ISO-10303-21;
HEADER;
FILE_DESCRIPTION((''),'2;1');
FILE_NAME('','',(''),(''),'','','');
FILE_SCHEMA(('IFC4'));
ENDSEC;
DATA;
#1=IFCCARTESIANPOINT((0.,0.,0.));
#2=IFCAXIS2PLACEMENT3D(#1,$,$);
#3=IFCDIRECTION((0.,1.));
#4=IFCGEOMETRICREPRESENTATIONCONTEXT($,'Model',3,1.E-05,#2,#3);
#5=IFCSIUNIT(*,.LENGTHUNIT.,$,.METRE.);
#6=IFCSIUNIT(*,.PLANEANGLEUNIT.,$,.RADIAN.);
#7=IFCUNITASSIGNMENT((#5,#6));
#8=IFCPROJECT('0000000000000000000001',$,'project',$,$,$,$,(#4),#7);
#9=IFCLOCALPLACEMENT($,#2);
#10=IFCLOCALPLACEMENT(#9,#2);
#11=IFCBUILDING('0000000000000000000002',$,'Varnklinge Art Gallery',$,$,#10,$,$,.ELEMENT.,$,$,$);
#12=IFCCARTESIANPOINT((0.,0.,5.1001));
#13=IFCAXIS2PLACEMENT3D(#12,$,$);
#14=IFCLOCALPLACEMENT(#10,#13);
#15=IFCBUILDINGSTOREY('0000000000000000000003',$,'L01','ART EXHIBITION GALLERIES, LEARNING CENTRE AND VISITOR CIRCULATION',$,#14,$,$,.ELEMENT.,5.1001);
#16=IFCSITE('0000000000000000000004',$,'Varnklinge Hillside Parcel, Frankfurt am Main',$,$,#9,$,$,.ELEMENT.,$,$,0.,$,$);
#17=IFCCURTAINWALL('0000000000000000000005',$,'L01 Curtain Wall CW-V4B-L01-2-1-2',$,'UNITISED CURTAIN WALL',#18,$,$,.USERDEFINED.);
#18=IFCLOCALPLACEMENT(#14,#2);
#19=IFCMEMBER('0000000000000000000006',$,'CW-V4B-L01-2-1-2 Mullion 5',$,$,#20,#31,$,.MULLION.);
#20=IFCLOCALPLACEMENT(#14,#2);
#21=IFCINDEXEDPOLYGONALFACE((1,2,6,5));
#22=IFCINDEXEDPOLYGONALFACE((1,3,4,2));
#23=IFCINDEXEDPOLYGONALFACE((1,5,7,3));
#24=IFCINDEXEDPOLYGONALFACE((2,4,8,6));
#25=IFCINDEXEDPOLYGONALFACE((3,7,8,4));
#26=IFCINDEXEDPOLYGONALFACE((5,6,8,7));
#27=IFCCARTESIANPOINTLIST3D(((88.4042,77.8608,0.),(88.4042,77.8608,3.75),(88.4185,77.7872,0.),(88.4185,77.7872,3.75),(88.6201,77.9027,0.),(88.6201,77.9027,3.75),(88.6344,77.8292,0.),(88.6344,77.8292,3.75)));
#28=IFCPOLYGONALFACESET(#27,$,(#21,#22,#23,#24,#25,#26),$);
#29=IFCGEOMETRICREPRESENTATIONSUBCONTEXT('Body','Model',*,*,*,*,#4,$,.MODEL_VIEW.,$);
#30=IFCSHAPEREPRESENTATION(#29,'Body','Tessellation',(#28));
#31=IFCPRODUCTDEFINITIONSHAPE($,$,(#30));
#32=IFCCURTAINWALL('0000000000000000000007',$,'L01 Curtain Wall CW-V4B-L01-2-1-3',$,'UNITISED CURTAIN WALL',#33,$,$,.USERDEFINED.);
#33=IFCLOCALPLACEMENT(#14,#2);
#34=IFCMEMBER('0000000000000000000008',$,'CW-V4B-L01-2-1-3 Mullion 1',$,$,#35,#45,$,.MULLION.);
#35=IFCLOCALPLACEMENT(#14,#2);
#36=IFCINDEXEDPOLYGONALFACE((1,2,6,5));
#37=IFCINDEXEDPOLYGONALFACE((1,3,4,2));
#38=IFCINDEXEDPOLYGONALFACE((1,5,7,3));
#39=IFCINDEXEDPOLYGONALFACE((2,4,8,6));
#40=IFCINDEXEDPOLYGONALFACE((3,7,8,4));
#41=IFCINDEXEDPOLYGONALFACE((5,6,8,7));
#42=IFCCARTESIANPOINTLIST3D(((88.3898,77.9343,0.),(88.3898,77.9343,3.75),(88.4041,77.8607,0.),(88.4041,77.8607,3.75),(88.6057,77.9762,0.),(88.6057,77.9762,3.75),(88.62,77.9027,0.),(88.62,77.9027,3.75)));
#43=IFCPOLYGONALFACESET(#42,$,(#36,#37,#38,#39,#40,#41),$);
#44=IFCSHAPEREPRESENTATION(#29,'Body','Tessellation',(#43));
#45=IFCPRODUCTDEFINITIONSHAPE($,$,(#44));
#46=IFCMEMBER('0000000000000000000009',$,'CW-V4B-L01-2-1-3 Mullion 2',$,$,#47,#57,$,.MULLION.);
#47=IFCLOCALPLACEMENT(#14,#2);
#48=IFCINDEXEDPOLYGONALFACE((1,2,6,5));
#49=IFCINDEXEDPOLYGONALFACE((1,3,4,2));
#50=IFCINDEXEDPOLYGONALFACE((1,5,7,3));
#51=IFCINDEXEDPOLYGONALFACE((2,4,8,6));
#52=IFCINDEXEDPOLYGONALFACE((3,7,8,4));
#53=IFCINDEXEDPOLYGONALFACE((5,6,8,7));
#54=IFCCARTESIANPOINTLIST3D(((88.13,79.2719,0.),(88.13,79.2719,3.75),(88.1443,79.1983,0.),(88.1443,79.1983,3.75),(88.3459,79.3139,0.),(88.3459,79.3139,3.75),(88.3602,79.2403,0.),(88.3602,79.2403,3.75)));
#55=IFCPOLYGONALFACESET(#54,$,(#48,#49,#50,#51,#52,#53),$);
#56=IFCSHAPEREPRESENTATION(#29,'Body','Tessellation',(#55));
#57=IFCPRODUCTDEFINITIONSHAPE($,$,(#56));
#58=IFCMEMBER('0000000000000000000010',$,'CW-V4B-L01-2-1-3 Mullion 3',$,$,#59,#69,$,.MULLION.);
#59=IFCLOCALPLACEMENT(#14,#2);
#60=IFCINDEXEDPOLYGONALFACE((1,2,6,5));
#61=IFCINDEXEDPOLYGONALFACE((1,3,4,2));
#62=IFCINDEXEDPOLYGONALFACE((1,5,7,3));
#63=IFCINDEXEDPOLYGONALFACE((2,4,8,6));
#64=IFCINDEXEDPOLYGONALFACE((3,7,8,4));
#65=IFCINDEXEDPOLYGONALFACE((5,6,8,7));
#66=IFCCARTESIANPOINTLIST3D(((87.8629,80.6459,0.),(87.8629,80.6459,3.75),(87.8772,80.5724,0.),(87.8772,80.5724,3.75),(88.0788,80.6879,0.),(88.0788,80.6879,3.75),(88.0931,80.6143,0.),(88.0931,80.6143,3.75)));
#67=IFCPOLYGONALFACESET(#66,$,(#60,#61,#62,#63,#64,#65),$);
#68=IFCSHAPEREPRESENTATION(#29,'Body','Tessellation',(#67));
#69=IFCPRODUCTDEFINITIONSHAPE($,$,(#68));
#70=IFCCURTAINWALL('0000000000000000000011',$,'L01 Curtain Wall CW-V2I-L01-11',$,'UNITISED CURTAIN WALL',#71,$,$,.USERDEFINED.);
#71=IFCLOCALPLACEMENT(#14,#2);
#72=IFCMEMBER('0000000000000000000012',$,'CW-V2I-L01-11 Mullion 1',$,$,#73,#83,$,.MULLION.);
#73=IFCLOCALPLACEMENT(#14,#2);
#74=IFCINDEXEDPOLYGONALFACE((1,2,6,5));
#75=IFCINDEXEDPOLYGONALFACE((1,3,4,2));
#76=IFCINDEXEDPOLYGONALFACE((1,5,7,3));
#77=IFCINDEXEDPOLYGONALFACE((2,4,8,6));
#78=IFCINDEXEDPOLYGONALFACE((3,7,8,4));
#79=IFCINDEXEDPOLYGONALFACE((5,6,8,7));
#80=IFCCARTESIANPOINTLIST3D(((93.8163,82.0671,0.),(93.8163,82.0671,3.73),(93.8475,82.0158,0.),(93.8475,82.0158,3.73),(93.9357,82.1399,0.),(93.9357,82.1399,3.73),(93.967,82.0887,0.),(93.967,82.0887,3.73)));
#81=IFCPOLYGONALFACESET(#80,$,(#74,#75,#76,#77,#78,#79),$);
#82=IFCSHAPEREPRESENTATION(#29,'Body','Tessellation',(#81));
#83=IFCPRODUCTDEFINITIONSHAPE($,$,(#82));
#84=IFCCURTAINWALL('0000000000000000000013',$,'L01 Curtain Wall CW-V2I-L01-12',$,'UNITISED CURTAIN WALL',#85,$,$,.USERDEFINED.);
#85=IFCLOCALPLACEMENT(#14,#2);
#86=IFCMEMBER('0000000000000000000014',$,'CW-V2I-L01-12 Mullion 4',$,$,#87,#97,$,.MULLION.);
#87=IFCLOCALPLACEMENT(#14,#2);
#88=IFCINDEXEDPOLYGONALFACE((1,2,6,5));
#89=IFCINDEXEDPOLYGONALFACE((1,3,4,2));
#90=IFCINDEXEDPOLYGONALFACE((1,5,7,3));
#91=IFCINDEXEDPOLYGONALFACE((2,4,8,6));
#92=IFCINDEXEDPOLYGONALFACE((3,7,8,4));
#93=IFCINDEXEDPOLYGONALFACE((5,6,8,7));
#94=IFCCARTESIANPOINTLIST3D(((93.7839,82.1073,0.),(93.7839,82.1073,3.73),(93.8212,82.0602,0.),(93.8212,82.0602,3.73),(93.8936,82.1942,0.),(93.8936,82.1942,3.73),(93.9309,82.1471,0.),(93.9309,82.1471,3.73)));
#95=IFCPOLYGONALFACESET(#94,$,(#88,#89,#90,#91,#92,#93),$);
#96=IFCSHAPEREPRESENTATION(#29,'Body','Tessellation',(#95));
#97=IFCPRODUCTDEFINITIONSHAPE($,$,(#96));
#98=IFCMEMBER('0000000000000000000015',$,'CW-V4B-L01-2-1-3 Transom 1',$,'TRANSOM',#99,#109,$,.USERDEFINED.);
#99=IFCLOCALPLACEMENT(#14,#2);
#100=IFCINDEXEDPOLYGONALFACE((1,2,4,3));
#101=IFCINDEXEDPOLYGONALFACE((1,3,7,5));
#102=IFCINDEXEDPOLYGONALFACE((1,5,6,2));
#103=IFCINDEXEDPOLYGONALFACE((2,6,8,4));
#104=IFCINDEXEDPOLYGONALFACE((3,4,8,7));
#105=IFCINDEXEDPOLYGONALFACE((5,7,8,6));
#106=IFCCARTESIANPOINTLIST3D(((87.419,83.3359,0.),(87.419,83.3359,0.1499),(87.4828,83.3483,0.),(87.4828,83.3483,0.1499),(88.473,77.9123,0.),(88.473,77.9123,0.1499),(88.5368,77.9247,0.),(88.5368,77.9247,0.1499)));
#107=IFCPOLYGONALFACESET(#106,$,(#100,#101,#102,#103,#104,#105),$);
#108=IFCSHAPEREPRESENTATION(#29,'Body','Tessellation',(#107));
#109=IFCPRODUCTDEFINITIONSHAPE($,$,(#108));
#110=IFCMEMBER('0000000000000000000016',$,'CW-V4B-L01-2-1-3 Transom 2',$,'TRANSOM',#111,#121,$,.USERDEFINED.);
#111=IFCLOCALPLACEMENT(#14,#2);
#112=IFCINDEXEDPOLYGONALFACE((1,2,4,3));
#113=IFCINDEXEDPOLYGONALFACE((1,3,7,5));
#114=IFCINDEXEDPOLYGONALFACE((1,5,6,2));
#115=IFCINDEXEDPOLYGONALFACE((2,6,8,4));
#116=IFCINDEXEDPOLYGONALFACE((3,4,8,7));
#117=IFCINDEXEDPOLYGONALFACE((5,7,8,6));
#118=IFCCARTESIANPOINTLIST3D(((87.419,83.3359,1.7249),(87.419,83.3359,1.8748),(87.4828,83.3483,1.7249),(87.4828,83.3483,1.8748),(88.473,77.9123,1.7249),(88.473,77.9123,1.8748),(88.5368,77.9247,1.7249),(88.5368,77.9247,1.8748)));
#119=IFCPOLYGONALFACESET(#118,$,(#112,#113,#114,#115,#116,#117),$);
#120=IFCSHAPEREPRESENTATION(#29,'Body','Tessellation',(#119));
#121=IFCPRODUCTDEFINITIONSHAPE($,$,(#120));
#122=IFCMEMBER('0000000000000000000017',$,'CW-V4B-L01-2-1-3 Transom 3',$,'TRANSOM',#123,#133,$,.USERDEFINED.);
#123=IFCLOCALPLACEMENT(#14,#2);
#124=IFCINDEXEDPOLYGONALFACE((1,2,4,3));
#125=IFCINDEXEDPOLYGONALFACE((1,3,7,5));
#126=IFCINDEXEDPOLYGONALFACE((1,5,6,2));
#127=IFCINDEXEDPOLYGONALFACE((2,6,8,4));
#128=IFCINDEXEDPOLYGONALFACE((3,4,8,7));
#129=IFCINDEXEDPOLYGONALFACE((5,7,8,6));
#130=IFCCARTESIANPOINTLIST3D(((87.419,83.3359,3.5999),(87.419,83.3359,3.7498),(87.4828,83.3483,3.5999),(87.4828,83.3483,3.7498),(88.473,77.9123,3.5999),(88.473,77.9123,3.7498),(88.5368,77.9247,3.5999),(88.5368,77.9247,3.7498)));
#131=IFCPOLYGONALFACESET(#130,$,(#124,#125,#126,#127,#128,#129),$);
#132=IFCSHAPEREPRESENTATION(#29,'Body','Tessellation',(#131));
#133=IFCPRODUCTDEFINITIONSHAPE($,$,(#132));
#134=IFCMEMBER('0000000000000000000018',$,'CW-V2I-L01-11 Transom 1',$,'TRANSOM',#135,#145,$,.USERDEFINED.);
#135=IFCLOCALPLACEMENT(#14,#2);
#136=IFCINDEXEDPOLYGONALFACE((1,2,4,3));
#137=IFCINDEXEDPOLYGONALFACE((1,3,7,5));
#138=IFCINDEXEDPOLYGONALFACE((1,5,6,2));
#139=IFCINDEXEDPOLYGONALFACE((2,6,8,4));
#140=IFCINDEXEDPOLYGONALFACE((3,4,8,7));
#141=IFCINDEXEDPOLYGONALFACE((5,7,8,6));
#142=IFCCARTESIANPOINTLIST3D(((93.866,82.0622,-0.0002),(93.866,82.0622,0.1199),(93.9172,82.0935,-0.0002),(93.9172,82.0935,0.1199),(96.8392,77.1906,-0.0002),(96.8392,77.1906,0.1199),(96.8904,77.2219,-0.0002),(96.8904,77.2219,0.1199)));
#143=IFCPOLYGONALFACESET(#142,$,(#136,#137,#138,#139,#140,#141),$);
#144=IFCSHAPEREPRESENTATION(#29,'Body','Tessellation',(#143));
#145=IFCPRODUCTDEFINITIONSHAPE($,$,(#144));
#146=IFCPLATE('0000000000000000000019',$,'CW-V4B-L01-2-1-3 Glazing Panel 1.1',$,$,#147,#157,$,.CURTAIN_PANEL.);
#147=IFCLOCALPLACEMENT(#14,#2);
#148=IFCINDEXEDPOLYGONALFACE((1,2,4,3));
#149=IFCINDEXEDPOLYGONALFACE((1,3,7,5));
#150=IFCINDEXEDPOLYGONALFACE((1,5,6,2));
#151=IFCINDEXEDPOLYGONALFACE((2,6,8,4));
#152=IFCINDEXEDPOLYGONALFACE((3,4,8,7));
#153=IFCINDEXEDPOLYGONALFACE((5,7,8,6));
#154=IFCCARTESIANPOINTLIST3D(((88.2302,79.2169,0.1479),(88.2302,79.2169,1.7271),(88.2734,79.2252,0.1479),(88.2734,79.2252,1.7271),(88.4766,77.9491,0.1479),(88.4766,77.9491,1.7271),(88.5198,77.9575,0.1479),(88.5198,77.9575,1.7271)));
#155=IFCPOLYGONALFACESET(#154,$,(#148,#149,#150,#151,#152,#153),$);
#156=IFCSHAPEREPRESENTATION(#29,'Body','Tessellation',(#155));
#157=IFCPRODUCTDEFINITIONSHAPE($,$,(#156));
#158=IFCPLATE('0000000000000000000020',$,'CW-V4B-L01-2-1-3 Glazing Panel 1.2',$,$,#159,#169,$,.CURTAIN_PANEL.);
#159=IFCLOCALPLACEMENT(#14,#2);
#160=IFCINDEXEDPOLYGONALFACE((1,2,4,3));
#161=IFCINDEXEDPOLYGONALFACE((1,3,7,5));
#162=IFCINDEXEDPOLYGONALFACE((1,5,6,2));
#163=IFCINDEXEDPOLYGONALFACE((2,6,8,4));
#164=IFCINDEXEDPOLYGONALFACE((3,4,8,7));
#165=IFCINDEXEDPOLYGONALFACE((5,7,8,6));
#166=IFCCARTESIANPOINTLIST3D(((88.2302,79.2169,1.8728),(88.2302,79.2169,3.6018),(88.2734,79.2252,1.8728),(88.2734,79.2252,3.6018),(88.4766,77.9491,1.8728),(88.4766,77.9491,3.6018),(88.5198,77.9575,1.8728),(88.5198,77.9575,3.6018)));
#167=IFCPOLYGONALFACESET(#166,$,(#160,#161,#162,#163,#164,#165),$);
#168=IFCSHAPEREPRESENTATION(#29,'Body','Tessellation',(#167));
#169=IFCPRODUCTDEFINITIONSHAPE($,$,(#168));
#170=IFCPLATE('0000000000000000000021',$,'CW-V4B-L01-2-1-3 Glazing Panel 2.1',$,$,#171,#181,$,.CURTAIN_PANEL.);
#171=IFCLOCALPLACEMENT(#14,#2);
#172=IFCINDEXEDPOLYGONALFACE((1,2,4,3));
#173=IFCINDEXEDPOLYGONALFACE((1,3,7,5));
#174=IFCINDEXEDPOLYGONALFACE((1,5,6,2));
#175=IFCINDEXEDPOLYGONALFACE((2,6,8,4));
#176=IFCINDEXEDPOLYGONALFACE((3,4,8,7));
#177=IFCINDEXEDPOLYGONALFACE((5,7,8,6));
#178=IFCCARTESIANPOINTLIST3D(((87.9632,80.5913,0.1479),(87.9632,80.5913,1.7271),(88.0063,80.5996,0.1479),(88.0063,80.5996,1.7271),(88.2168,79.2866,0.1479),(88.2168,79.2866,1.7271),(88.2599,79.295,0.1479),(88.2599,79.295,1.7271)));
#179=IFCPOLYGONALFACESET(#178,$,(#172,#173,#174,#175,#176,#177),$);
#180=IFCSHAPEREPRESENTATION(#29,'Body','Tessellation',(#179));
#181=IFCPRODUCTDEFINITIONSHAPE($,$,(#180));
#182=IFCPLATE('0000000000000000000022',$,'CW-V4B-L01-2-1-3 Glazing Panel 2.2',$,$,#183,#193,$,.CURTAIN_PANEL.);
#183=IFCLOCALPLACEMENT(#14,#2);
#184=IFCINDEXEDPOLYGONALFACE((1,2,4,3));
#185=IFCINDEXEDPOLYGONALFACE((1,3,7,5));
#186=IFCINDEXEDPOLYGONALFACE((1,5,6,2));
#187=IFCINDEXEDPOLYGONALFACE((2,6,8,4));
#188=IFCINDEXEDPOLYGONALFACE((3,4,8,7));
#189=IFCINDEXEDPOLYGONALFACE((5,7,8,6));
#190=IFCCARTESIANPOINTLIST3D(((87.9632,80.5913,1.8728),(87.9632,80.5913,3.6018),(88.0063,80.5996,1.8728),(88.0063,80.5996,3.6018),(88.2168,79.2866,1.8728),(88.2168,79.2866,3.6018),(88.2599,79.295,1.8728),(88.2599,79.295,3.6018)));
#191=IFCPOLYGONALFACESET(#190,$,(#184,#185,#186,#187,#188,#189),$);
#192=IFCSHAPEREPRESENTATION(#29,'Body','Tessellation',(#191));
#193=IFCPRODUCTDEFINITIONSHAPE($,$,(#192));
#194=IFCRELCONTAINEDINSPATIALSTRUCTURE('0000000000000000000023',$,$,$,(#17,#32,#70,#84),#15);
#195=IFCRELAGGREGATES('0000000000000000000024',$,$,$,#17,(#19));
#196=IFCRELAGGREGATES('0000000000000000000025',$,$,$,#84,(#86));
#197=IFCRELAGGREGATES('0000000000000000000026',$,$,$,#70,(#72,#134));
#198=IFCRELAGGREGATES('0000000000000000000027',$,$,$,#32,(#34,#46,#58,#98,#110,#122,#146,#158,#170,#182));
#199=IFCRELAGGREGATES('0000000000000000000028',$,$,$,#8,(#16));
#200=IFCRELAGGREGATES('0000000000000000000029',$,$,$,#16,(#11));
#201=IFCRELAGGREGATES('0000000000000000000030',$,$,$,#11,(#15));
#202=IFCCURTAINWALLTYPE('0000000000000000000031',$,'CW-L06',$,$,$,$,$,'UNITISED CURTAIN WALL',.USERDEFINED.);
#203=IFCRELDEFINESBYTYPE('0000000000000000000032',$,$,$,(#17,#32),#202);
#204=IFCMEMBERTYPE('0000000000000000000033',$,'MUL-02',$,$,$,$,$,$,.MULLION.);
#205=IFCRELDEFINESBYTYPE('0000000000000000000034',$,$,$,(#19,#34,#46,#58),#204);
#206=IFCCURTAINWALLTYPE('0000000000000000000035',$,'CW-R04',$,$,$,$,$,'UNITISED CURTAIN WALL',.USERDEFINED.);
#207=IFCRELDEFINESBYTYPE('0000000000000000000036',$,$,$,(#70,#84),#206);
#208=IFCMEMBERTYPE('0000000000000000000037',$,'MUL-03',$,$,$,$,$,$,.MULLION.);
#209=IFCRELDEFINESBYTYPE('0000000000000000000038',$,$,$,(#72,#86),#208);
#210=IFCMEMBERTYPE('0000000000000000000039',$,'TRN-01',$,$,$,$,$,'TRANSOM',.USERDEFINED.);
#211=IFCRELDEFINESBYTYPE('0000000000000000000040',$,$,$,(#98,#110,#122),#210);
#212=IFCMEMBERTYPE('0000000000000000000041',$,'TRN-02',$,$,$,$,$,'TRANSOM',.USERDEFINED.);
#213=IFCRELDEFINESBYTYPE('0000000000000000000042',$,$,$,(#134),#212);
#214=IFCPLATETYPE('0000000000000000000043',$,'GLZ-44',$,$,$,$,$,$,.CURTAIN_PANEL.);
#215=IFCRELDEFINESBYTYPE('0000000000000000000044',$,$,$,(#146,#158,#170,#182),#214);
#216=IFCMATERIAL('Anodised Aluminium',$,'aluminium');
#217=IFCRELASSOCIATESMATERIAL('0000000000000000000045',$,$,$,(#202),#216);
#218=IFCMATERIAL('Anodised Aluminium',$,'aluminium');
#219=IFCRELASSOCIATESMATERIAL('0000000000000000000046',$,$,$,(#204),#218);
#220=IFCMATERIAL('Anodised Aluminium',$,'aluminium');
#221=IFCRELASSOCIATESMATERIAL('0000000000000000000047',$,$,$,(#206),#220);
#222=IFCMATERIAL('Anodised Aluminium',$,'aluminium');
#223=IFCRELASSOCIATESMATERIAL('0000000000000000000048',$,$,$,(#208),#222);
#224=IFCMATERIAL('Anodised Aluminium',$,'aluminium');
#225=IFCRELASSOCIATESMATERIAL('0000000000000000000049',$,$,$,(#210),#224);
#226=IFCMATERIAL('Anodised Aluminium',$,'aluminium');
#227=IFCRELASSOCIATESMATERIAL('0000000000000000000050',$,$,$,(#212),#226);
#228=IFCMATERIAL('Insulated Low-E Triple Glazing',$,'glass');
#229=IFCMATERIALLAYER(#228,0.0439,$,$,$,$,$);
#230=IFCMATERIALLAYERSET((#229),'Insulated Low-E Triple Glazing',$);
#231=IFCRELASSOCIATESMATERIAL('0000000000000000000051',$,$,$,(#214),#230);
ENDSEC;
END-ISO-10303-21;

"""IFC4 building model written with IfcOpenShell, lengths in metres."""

from ifc_helpers import new_model, si_unit, direction, frame, origin, origin_2d, place, context, subcontext, project, spatial, rectangle, extrude, material, layer, layer_set, material_profile, profile_set, type_object, element, aggregate, save


model = new_model("IFC4")

# Units and contexts
model_context = context("Model", 3, precision=1e-05, world=origin(), true_north=direction((0.0, 1.0)))
body_context = subcontext(model_context, "Body", "Model", "MODEL_VIEW")
ifc_project = project(units=[si_unit("LENGTHUNIT", "METRE"), si_unit("PLANEANGLEUNIT", "RADIAN")], contexts=[model_context])

# Site, building, storey
site_placement = place(None, origin())
site = spatial("IfcSite", under=ifc_project, at=site_placement, Name="Varnklinge Hillside Parcel, Frankfurt am Main", CompositionType="ELEMENT", RefElevation=0.0)
building_placement = place(site_placement, origin())
building = spatial("IfcBuilding", under=site, at=building_placement, Name="Varnklinge Art Gallery", CompositionType="ELEMENT")
storey_placement = place(building_placement, frame((0.0, 0.0, 5.1001)))
storey = spatial("IfcBuildingStorey", under=building, at=storey_placement, Name="L01", Description="ART EXHIBITION GALLERIES, LEARNING CENTRE AND VISITOR CIRCULATION", CompositionType="ELEMENT", Elevation=5.1001)

# Curtain wall, member
ifc_material_1 = material(Name="Anodised Aluminium", Category="aluminium")
curtain_wall_type_1 = type_object("IfcCurtainWallType", Name="CW-L06", ElementType="UNITISED CURTAIN WALL", PredefinedType="USERDEFINED", material=ifc_material_1)
curtain_wall_1_placement = place(storey_placement, origin())
curtain_wall_1 = element("IfcCurtainWall", 1, at=curtain_wall_1_placement, inside=storey, type_object=curtain_wall_type_1, Name="L01 Curtain Wall CW-V4B-L01-2-1-2", ObjectType="UNITISED CURTAIN WALL", PredefinedType="USERDEFINED")
ifc_material_2 = material(Name="Anodised Aluminium", Category="aluminium")
ifc_material_profile_1 = material_profile(ifc_material_2, rectangle(XDim=0.075, YDim=0.22, at=origin_2d()), Name="ALU 75x220")
ifc_profile_set_1 = profile_set([ifc_material_profile_1], Name="Anodised Aluminium")
member_type_1 = type_object("IfcMemberType", Name="MUL-02", PredefinedType="MULLION", material=ifc_profile_set_1)
member_1_placement = place(storey_placement, frame((88.5193, 77.845, 0.0), z_axis=(0.0, 0.0, 1.0), x_axis=(-0.190809, 0.981627, 0.0)))
member_1 = element("IfcMember", 2, at=member_1_placement, type_object=member_type_1, Name="CW-V4B-L01-2-1-2 Mullion 5", PredefinedType="MULLION", context=body_context, shape_type="SweptSolid", body=[
    extrude(rectangle(XDim=0.075, YDim=0.22, at=origin_2d()), origin(), (0.0, 0.0, 1.0), 3.75),
])
aggregate(curtain_wall_1, [member_1])

# Curtain wall, members
curtain_wall_2_placement = place(storey_placement, origin())
curtain_wall_2 = element("IfcCurtainWall", 3, at=curtain_wall_2_placement, inside=storey, type_object=curtain_wall_type_1, Name="L01 Curtain Wall CW-V4B-L01-2-1-3", ObjectType="UNITISED CURTAIN WALL", PredefinedType="USERDEFINED")
member_2_placement = place(storey_placement, frame((88.5049, 77.9185, 0.0), z_axis=(0.0, 0.0, 1.0), x_axis=(-0.190809, 0.981627, 0.0)))
member_2 = element("IfcMember", 4, at=member_2_placement, type_object=member_type_1, Name="CW-V4B-L01-2-1-3 Mullion 1", PredefinedType="MULLION", context=body_context, shape_type="SweptSolid", body=[
    extrude(rectangle(XDim=0.075, YDim=0.22, at=origin_2d()), origin(), (0.0, 0.0, 1.0), 3.75),
])
member_3_placement = place(storey_placement, frame((88.2451, 79.2561, 0.0), z_axis=(0.0, 0.0, 1.0), x_axis=(-0.190809, 0.981627, 0.0)))
member_3 = element("IfcMember", 5, at=member_3_placement, type_object=member_type_1, Name="CW-V4B-L01-2-1-3 Mullion 2", PredefinedType="MULLION", context=body_context, shape_type="SweptSolid", body=[
    extrude(rectangle(XDim=0.075, YDim=0.22, at=origin_2d()), origin(), (0.0, 0.0, 1.0), 3.75),
])
member_4_placement = place(storey_placement, frame((87.978, 80.6301, 0.0), z_axis=(0.0, 0.0, 1.0), x_axis=(-0.190809, 0.981627, 0.0)))
member_4 = element("IfcMember", 6, at=member_4_placement, type_object=member_type_1, Name="CW-V4B-L01-2-1-3 Mullion 3", PredefinedType="MULLION", context=body_context, shape_type="SweptSolid", body=[
    extrude(rectangle(XDim=0.075, YDim=0.22, at=origin_2d()), origin(), (0.0, 0.0, 1.0), 3.75),
])

# Curtain walls, members
ifc_material_3 = material(Name="Anodised Aluminium", Category="aluminium")
curtain_wall_type_2 = type_object("IfcCurtainWallType", Name="CW-R04", ElementType="UNITISED CURTAIN WALL", PredefinedType="USERDEFINED", material=ifc_material_3)
curtain_wall_3_placement = place(storey_placement, origin())
curtain_wall_3 = element("IfcCurtainWall", 7, at=curtain_wall_3_placement, inside=storey, type_object=curtain_wall_type_2, Name="L01 Curtain Wall CW-V2I-L01-11", ObjectType="UNITISED CURTAIN WALL", PredefinedType="USERDEFINED")
ifc_material_4 = material(Name="Anodised Aluminium", Category="aluminium")
ifc_material_profile_2 = material_profile(ifc_material_4, rectangle(XDim=0.0601, YDim=0.1399, at=origin_2d()), Name="ALU 60x140")
ifc_profile_set_2 = profile_set([ifc_material_profile_2], Name="Anodised Aluminium")
member_type_2 = type_object("IfcMemberType", Name="MUL-03", PredefinedType="MULLION", material=ifc_profile_set_2)
member_5_placement = place(storey_placement, frame((93.8916, 82.0779, 0.0), z_axis=(0.0, 0.0, 1.0), x_axis=(0.520861, -0.853642, 0.0)))
member_5 = element("IfcMember", 8, at=member_5_placement, type_object=member_type_2, Name="CW-V2I-L01-11 Mullion 1", PredefinedType="MULLION", context=body_context, shape_type="SweptSolid", body=[
    extrude(rectangle(XDim=0.0601, YDim=0.1399, at=origin_2d()), origin(), (0.0, 0.0, 1.0), 3.73),
])
curtain_wall_4_placement = place(storey_placement, origin())
curtain_wall_4 = element("IfcCurtainWall", 9, at=curtain_wall_4_placement, inside=storey, type_object=curtain_wall_type_2, Name="L01 Curtain Wall CW-V2I-L01-12", ObjectType="UNITISED CURTAIN WALL", PredefinedType="USERDEFINED")
member_6_placement = place(storey_placement, frame((93.8574, 82.1272, 0.0), z_axis=(0.0, 0.0, 1.0), x_axis=(0.620737, -0.784019, 0.0)))
member_6 = element("IfcMember", 10, at=member_6_placement, type_object=member_type_2, Name="CW-V2I-L01-12 Mullion 4", PredefinedType="MULLION", context=body_context, shape_type="SweptSolid", body=[
    extrude(rectangle(XDim=0.0601, YDim=0.1399, at=origin_2d()), origin(), (0.0, 0.0, 1.0), 3.73),
])
aggregate(curtain_wall_4, [member_6])

# Members
ifc_material_5 = material(Name="Anodised Aluminium", Category="aluminium")
ifc_material_profile_3 = material_profile(ifc_material_5, rectangle(XDim=0.0649, YDim=0.1499, at=origin_2d()), Name="ALU 65x150")
ifc_profile_set_3 = profile_set([ifc_material_profile_3], Name="Anodised Aluminium")
member_type_3 = type_object("IfcMemberType", Name="TRN-01", ElementType="TRANSOM", PredefinedType="USERDEFINED", material=ifc_profile_set_3)
member_7_placement = place(storey_placement, frame((88.5049, 77.9185, 0.075), z_axis=(-0.19076, 0.981637, 0.0), x_axis=(-0.981637, -0.19076, 0.0)))
member_7 = element("IfcMember", 11, at=member_7_placement, type_object=member_type_3, Name="CW-V4B-L01-2-1-3 Transom 1", ObjectType="TRANSOM", PredefinedType="USERDEFINED", context=body_context, shape_type="SweptSolid", body=[
    extrude(rectangle(XDim=0.0649, YDim=0.1499, at=origin_2d()), origin(), (0.0, 0.0, 1.0), 5.5251),
])
member_8_placement = place(storey_placement, frame((88.5049, 77.9185, 1.7998), z_axis=(-0.19076, 0.981637, 0.0), x_axis=(-0.981637, -0.19076, 0.0)))
member_8 = element("IfcMember", 12, at=member_8_placement, type_object=member_type_3, Name="CW-V4B-L01-2-1-3 Transom 2", ObjectType="TRANSOM", PredefinedType="USERDEFINED", context=body_context, shape_type="SweptSolid", body=[
    extrude(rectangle(XDim=0.0649, YDim=0.1499, at=origin_2d()), origin(), (0.0, 0.0, 1.0), 5.5251),
])
member_9_placement = place(storey_placement, frame((88.5049, 77.9185, 3.6748), z_axis=(-0.19076, 0.981637, 0.0), x_axis=(-0.981637, -0.19076, 0.0)))
member_9 = element("IfcMember", 13, at=member_9_placement, type_object=member_type_3, Name="CW-V4B-L01-2-1-3 Transom 3", ObjectType="TRANSOM", PredefinedType="USERDEFINED", context=body_context, shape_type="SweptSolid", body=[
    extrude(rectangle(XDim=0.0649, YDim=0.1499, at=origin_2d()), origin(), (0.0, 0.0, 1.0), 5.5251),
])
ifc_material_6 = material(Name="Anodised Aluminium", Category="aluminium")
ifc_material_profile_4 = material_profile(ifc_material_6, rectangle(XDim=0.0601, YDim=0.1201, at=origin_2d()), Name="ALU 60x120")
ifc_profile_set_4 = profile_set([ifc_material_profile_4], Name="Anodised Aluminium")
member_type_4 = type_object("IfcMemberType", Name="TRN-02", ElementType="TRANSOM", PredefinedType="USERDEFINED", material=ifc_profile_set_4)
member_10_placement = place(storey_placement, frame((93.8916, 82.0779, 0.0598), z_axis=(0.520948, -0.853588, 0.0), x_axis=(0.853588, 0.520948, 0.0)))
member_10 = element("IfcMember", 14, at=member_10_placement, type_object=member_type_4, Name="CW-V2I-L01-11 Transom 1", ObjectType="TRANSOM", PredefinedType="USERDEFINED", context=body_context, shape_type="SweptSolid", body=[
    extrude(rectangle(XDim=0.0601, YDim=0.1201, at=origin_2d()), origin(), (0.0, 0.0, 1.0), 5.7073),
])
aggregate(curtain_wall_3, [member_5, member_10])

# Plates
ifc_material_7 = material(Name="Insulated Low-E Triple Glazing", Category="glass")
ifc_layer_1 = layer(ifc_material_7, 0.0439)
ifc_layer_set_1 = layer_set([ifc_layer_1], Name="Insulated Low-E Triple Glazing")
plate_type = type_object("IfcPlateType", Name="GLZ-44", PredefinedType="CURTAIN_PANEL", material=ifc_layer_set_1)
plate_1_placement = place(storey_placement, frame((88.375, 78.5872, 0.1479), z_axis=(0.0, 0.0, 1.0), x_axis=(-0.190809, 0.981627, 0.0)))
plate_1 = element("IfcPlate", 15, at=plate_1_placement, type_object=plate_type, Name="CW-V4B-L01-2-1-3 Glazing Panel 1.1", PredefinedType="CURTAIN_PANEL", context=body_context, shape_type="SweptSolid", body=[
    extrude(rectangle(XDim=1.2915, YDim=0.0439, at=origin_2d()), origin(), (0.0, 0.0, 1.0), 1.5791),
])
plate_2_placement = place(storey_placement, frame((88.375, 78.5872, 1.8728), z_axis=(0.0, 0.0, 1.0), x_axis=(-0.190809, 0.981627, 0.0)))
plate_2 = element("IfcPlate", 16, at=plate_2_placement, type_object=plate_type, Name="CW-V4B-L01-2-1-3 Glazing Panel 1.2", PredefinedType="CURTAIN_PANEL", context=body_context, shape_type="SweptSolid", body=[
    extrude(rectangle(XDim=1.2915, YDim=0.0439, at=origin_2d()), origin(), (0.0, 0.0, 1.0), 1.729),
])
plate_3_placement = place(storey_placement, frame((88.1116, 79.9431, 0.1479), z_axis=(0.0, 0.0, 1.0), x_axis=(-0.190809, 0.981627, 0.0)))
plate_3 = element("IfcPlate", 17, at=plate_3_placement, type_object=plate_type, Name="CW-V4B-L01-2-1-3 Glazing Panel 2.1", PredefinedType="CURTAIN_PANEL", context=body_context, shape_type="SweptSolid", body=[
    extrude(rectangle(XDim=1.3291, YDim=0.0439, at=origin_2d()), origin(), (0.0, 0.0, 1.0), 1.5791),
])
plate_4_placement = place(storey_placement, frame((88.1116, 79.9431, 1.8728), z_axis=(0.0, 0.0, 1.0), x_axis=(-0.190809, 0.981627, 0.0)))
plate_4 = element("IfcPlate", 18, at=plate_4_placement, type_object=plate_type, Name="CW-V4B-L01-2-1-3 Glazing Panel 2.2", PredefinedType="CURTAIN_PANEL", context=body_context, shape_type="SweptSolid", body=[
    extrude(rectangle(XDim=1.3291, YDim=0.0439, at=origin_2d()), origin(), (0.0, 0.0, 1.0), 1.729),
])
aggregate(curtain_wall_2, [member_2, member_3, member_4, member_7, member_8, member_9, plate_1, plate_2, plate_3, plate_4])

save(model, "model.ifc")
